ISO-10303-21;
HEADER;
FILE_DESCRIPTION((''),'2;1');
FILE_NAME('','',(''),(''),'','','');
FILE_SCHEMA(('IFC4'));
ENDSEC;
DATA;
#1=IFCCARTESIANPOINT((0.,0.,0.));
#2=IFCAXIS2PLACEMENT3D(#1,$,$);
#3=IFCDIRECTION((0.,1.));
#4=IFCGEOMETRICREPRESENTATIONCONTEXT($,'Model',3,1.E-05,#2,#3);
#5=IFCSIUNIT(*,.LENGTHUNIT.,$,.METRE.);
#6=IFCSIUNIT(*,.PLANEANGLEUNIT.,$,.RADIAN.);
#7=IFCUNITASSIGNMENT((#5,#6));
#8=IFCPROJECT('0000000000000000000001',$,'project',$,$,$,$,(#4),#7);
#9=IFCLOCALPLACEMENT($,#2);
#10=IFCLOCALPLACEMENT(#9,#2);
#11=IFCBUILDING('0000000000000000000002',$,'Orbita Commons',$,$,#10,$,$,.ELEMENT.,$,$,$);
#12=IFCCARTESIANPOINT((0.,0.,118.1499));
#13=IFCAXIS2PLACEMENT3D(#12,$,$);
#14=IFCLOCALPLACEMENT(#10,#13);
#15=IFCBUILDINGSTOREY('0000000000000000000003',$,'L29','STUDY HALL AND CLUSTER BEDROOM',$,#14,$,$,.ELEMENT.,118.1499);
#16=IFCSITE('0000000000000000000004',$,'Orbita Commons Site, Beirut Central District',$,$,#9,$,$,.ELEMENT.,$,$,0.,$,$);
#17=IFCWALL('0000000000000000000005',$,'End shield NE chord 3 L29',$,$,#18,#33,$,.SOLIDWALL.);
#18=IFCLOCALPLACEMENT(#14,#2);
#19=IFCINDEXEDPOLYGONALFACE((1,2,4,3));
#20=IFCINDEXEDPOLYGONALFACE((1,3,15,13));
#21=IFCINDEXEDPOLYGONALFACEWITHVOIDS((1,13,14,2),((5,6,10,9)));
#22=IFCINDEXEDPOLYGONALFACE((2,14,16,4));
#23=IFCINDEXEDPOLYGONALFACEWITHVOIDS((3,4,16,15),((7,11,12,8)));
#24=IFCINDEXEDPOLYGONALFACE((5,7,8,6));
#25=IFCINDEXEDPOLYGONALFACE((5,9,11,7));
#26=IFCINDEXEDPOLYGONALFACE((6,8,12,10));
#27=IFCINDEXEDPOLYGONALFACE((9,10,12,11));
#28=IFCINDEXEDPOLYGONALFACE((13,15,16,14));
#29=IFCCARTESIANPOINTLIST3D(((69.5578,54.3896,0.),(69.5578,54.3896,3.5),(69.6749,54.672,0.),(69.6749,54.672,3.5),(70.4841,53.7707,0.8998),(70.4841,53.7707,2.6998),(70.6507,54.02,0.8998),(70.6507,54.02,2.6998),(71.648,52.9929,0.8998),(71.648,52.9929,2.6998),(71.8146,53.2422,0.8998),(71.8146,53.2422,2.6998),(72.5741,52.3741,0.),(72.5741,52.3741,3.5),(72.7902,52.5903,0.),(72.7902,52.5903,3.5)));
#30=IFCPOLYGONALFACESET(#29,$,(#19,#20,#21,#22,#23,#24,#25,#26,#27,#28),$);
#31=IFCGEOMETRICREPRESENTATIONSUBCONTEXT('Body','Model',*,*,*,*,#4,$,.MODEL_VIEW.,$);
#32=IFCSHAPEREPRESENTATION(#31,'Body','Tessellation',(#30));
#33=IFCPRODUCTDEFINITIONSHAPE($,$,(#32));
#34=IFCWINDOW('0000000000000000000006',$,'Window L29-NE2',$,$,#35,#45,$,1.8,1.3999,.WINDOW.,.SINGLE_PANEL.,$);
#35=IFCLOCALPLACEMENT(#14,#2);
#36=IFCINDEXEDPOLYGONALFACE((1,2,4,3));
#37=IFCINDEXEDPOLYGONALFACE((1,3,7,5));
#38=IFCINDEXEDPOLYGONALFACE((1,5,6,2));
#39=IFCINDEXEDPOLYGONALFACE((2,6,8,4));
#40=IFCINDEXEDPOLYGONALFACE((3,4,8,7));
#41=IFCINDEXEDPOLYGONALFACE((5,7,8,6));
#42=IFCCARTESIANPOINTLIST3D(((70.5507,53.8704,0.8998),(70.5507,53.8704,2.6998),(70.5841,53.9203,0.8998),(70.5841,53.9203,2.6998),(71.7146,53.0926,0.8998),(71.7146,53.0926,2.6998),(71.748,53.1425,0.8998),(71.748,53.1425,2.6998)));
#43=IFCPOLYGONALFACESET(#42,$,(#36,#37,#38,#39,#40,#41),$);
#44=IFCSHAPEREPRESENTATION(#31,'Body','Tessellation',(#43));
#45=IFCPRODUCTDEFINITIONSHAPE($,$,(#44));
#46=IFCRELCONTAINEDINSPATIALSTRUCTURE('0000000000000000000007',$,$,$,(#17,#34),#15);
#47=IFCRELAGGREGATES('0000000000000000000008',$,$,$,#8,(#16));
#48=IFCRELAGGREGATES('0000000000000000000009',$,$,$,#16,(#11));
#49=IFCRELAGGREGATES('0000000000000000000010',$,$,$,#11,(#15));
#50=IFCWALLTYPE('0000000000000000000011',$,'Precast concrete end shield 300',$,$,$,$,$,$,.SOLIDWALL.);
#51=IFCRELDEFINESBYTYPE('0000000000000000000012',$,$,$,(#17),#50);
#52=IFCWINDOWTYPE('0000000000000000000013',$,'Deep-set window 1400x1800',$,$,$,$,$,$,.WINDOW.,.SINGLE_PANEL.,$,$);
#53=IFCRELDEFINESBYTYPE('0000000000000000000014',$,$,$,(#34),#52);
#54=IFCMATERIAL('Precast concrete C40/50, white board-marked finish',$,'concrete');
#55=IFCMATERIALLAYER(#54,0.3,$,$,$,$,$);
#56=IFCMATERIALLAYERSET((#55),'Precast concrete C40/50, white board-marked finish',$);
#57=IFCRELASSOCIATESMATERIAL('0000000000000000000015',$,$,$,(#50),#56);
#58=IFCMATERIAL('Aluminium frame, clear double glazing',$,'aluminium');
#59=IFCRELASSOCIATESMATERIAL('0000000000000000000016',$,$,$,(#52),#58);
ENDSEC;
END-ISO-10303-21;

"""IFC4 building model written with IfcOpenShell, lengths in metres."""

from ifc_helpers import new_model, si_unit, direction, frame, frame_2d, origin, place, context, subcontext, project, spatial, polyline, rectangle, outline, extrude, material, layer, layer_set, type_object, element, fill, save


model = new_model("IFC4")

# Units and contexts
model_context = context("Model", 3, precision=1e-05, world=origin(), true_north=direction((0.0, 1.0)))
body_context = subcontext(model_context, "Body", "Model", "MODEL_VIEW")
ifc_project = project(units=[si_unit("LENGTHUNIT", "METRE"), si_unit("PLANEANGLEUNIT", "RADIAN")], contexts=[model_context])

# Site, building, storey
site_placement = place(None, origin())
site = spatial("IfcSite", under=ifc_project, at=site_placement, Name="Orbita Commons Site, Beirut Central District", CompositionType="ELEMENT", RefElevation=0.0)
building_placement = place(site_placement, origin())
building = spatial("IfcBuilding", under=site, at=building_placement, Name="Orbita Commons", CompositionType="ELEMENT")
storey_placement = place(building_placement, frame((0.0, 0.0, 118.1499)))
storey = spatial("IfcBuildingStorey", under=building, at=storey_placement, Name="L29", Description="STUDY HALL AND CLUSTER BEDROOM", CompositionType="ELEMENT", Elevation=118.1499)

# Wall, opening, window
ifc_material_1 = material(Name="Precast concrete C40/50, white board-marked finish", Category="concrete")
ifc_layer_1 = layer(ifc_material_1, 0.3)
ifc_layer_set_1 = layer_set([ifc_layer_1], Name="Precast concrete C40/50, white board-marked finish")
wall_type_1 = type_object("IfcWallType", Name="Precast concrete end shield 300", PredefinedType="SOLIDWALL", material=ifc_layer_set_1)
ifc_material_2 = material(Name="Aluminium frame, clear double glazing", Category="aluminium")
window_type = type_object("IfcWindowType", Name="Deep-set window 1400x1800", PartitioningType="SINGLE_PANEL", PredefinedType="WINDOW", material=ifc_material_2)
wall_1_placement = place(storey_placement, frame((72.6821, 52.4822, 0.0), z_axis=(0.0, 0.0, 1.0), x_axis=(-0.831449, 0.555601, 0.0)))
wall_1 = element("IfcWall", 1, at=wall_1_placement, inside=storey, type_object=wall_type_1, Name="End shield NE chord 3 L29", PredefinedType="SOLIDWALL", context=body_context, shape_type="SweptSolid", body=[
    extrude(outline(polyline([(-0.0298, -0.1499), (3.717, -0.1499), (3.6575, 0.1499), (0.0298, 0.1499), (-0.0298, -0.1499)])), origin(), (0.0, 0.0, 1.0), 3.5),
])
opening_1_placement = place(wall_1_placement, frame((1.1436, 0.0, 0.8999)))
opening_1 = element("IfcOpeningElement", 2, at=opening_1_placement, cuts=wall_1, PredefinedType="OPENING", context=body_context, shape_type="SweptSolid", body=[
    extrude(rectangle(XDim=1.3999, YDim=1.8, at=frame_2d((0.7, 0.8999))), frame((0.0, 0.1599, 0.0), z_axis=(0.0, -1.0, 0.0), x_axis=(1.0, 0.0, 0.0)), (0.0, 0.0, 1.0), 0.3201),
])
window_1_placement = place(opening_1_placement, origin())
window_1 = element("IfcWindow", 3, at=window_1_placement, inside=storey, type_object=window_type, Name="Window L29-NE2", OverallHeight=1.8, OverallWidth=1.3999, PartitioningType="SINGLE_PANEL", PredefinedType="WINDOW", context=body_context, shape_type="SweptSolid", body=[
    extrude(rectangle(XDim=1.3999, YDim=1.8, at=frame_2d((0.7, 0.8999))), frame((0.0, 0.03, 0.0), z_axis=(0.0, -1.0, 0.0), x_axis=(1.0, 0.0, 0.0)), (0.0, 0.0, 1.0), 0.0601),
])
fill(opening_1, window_1)

save(model, "model.ifc")
